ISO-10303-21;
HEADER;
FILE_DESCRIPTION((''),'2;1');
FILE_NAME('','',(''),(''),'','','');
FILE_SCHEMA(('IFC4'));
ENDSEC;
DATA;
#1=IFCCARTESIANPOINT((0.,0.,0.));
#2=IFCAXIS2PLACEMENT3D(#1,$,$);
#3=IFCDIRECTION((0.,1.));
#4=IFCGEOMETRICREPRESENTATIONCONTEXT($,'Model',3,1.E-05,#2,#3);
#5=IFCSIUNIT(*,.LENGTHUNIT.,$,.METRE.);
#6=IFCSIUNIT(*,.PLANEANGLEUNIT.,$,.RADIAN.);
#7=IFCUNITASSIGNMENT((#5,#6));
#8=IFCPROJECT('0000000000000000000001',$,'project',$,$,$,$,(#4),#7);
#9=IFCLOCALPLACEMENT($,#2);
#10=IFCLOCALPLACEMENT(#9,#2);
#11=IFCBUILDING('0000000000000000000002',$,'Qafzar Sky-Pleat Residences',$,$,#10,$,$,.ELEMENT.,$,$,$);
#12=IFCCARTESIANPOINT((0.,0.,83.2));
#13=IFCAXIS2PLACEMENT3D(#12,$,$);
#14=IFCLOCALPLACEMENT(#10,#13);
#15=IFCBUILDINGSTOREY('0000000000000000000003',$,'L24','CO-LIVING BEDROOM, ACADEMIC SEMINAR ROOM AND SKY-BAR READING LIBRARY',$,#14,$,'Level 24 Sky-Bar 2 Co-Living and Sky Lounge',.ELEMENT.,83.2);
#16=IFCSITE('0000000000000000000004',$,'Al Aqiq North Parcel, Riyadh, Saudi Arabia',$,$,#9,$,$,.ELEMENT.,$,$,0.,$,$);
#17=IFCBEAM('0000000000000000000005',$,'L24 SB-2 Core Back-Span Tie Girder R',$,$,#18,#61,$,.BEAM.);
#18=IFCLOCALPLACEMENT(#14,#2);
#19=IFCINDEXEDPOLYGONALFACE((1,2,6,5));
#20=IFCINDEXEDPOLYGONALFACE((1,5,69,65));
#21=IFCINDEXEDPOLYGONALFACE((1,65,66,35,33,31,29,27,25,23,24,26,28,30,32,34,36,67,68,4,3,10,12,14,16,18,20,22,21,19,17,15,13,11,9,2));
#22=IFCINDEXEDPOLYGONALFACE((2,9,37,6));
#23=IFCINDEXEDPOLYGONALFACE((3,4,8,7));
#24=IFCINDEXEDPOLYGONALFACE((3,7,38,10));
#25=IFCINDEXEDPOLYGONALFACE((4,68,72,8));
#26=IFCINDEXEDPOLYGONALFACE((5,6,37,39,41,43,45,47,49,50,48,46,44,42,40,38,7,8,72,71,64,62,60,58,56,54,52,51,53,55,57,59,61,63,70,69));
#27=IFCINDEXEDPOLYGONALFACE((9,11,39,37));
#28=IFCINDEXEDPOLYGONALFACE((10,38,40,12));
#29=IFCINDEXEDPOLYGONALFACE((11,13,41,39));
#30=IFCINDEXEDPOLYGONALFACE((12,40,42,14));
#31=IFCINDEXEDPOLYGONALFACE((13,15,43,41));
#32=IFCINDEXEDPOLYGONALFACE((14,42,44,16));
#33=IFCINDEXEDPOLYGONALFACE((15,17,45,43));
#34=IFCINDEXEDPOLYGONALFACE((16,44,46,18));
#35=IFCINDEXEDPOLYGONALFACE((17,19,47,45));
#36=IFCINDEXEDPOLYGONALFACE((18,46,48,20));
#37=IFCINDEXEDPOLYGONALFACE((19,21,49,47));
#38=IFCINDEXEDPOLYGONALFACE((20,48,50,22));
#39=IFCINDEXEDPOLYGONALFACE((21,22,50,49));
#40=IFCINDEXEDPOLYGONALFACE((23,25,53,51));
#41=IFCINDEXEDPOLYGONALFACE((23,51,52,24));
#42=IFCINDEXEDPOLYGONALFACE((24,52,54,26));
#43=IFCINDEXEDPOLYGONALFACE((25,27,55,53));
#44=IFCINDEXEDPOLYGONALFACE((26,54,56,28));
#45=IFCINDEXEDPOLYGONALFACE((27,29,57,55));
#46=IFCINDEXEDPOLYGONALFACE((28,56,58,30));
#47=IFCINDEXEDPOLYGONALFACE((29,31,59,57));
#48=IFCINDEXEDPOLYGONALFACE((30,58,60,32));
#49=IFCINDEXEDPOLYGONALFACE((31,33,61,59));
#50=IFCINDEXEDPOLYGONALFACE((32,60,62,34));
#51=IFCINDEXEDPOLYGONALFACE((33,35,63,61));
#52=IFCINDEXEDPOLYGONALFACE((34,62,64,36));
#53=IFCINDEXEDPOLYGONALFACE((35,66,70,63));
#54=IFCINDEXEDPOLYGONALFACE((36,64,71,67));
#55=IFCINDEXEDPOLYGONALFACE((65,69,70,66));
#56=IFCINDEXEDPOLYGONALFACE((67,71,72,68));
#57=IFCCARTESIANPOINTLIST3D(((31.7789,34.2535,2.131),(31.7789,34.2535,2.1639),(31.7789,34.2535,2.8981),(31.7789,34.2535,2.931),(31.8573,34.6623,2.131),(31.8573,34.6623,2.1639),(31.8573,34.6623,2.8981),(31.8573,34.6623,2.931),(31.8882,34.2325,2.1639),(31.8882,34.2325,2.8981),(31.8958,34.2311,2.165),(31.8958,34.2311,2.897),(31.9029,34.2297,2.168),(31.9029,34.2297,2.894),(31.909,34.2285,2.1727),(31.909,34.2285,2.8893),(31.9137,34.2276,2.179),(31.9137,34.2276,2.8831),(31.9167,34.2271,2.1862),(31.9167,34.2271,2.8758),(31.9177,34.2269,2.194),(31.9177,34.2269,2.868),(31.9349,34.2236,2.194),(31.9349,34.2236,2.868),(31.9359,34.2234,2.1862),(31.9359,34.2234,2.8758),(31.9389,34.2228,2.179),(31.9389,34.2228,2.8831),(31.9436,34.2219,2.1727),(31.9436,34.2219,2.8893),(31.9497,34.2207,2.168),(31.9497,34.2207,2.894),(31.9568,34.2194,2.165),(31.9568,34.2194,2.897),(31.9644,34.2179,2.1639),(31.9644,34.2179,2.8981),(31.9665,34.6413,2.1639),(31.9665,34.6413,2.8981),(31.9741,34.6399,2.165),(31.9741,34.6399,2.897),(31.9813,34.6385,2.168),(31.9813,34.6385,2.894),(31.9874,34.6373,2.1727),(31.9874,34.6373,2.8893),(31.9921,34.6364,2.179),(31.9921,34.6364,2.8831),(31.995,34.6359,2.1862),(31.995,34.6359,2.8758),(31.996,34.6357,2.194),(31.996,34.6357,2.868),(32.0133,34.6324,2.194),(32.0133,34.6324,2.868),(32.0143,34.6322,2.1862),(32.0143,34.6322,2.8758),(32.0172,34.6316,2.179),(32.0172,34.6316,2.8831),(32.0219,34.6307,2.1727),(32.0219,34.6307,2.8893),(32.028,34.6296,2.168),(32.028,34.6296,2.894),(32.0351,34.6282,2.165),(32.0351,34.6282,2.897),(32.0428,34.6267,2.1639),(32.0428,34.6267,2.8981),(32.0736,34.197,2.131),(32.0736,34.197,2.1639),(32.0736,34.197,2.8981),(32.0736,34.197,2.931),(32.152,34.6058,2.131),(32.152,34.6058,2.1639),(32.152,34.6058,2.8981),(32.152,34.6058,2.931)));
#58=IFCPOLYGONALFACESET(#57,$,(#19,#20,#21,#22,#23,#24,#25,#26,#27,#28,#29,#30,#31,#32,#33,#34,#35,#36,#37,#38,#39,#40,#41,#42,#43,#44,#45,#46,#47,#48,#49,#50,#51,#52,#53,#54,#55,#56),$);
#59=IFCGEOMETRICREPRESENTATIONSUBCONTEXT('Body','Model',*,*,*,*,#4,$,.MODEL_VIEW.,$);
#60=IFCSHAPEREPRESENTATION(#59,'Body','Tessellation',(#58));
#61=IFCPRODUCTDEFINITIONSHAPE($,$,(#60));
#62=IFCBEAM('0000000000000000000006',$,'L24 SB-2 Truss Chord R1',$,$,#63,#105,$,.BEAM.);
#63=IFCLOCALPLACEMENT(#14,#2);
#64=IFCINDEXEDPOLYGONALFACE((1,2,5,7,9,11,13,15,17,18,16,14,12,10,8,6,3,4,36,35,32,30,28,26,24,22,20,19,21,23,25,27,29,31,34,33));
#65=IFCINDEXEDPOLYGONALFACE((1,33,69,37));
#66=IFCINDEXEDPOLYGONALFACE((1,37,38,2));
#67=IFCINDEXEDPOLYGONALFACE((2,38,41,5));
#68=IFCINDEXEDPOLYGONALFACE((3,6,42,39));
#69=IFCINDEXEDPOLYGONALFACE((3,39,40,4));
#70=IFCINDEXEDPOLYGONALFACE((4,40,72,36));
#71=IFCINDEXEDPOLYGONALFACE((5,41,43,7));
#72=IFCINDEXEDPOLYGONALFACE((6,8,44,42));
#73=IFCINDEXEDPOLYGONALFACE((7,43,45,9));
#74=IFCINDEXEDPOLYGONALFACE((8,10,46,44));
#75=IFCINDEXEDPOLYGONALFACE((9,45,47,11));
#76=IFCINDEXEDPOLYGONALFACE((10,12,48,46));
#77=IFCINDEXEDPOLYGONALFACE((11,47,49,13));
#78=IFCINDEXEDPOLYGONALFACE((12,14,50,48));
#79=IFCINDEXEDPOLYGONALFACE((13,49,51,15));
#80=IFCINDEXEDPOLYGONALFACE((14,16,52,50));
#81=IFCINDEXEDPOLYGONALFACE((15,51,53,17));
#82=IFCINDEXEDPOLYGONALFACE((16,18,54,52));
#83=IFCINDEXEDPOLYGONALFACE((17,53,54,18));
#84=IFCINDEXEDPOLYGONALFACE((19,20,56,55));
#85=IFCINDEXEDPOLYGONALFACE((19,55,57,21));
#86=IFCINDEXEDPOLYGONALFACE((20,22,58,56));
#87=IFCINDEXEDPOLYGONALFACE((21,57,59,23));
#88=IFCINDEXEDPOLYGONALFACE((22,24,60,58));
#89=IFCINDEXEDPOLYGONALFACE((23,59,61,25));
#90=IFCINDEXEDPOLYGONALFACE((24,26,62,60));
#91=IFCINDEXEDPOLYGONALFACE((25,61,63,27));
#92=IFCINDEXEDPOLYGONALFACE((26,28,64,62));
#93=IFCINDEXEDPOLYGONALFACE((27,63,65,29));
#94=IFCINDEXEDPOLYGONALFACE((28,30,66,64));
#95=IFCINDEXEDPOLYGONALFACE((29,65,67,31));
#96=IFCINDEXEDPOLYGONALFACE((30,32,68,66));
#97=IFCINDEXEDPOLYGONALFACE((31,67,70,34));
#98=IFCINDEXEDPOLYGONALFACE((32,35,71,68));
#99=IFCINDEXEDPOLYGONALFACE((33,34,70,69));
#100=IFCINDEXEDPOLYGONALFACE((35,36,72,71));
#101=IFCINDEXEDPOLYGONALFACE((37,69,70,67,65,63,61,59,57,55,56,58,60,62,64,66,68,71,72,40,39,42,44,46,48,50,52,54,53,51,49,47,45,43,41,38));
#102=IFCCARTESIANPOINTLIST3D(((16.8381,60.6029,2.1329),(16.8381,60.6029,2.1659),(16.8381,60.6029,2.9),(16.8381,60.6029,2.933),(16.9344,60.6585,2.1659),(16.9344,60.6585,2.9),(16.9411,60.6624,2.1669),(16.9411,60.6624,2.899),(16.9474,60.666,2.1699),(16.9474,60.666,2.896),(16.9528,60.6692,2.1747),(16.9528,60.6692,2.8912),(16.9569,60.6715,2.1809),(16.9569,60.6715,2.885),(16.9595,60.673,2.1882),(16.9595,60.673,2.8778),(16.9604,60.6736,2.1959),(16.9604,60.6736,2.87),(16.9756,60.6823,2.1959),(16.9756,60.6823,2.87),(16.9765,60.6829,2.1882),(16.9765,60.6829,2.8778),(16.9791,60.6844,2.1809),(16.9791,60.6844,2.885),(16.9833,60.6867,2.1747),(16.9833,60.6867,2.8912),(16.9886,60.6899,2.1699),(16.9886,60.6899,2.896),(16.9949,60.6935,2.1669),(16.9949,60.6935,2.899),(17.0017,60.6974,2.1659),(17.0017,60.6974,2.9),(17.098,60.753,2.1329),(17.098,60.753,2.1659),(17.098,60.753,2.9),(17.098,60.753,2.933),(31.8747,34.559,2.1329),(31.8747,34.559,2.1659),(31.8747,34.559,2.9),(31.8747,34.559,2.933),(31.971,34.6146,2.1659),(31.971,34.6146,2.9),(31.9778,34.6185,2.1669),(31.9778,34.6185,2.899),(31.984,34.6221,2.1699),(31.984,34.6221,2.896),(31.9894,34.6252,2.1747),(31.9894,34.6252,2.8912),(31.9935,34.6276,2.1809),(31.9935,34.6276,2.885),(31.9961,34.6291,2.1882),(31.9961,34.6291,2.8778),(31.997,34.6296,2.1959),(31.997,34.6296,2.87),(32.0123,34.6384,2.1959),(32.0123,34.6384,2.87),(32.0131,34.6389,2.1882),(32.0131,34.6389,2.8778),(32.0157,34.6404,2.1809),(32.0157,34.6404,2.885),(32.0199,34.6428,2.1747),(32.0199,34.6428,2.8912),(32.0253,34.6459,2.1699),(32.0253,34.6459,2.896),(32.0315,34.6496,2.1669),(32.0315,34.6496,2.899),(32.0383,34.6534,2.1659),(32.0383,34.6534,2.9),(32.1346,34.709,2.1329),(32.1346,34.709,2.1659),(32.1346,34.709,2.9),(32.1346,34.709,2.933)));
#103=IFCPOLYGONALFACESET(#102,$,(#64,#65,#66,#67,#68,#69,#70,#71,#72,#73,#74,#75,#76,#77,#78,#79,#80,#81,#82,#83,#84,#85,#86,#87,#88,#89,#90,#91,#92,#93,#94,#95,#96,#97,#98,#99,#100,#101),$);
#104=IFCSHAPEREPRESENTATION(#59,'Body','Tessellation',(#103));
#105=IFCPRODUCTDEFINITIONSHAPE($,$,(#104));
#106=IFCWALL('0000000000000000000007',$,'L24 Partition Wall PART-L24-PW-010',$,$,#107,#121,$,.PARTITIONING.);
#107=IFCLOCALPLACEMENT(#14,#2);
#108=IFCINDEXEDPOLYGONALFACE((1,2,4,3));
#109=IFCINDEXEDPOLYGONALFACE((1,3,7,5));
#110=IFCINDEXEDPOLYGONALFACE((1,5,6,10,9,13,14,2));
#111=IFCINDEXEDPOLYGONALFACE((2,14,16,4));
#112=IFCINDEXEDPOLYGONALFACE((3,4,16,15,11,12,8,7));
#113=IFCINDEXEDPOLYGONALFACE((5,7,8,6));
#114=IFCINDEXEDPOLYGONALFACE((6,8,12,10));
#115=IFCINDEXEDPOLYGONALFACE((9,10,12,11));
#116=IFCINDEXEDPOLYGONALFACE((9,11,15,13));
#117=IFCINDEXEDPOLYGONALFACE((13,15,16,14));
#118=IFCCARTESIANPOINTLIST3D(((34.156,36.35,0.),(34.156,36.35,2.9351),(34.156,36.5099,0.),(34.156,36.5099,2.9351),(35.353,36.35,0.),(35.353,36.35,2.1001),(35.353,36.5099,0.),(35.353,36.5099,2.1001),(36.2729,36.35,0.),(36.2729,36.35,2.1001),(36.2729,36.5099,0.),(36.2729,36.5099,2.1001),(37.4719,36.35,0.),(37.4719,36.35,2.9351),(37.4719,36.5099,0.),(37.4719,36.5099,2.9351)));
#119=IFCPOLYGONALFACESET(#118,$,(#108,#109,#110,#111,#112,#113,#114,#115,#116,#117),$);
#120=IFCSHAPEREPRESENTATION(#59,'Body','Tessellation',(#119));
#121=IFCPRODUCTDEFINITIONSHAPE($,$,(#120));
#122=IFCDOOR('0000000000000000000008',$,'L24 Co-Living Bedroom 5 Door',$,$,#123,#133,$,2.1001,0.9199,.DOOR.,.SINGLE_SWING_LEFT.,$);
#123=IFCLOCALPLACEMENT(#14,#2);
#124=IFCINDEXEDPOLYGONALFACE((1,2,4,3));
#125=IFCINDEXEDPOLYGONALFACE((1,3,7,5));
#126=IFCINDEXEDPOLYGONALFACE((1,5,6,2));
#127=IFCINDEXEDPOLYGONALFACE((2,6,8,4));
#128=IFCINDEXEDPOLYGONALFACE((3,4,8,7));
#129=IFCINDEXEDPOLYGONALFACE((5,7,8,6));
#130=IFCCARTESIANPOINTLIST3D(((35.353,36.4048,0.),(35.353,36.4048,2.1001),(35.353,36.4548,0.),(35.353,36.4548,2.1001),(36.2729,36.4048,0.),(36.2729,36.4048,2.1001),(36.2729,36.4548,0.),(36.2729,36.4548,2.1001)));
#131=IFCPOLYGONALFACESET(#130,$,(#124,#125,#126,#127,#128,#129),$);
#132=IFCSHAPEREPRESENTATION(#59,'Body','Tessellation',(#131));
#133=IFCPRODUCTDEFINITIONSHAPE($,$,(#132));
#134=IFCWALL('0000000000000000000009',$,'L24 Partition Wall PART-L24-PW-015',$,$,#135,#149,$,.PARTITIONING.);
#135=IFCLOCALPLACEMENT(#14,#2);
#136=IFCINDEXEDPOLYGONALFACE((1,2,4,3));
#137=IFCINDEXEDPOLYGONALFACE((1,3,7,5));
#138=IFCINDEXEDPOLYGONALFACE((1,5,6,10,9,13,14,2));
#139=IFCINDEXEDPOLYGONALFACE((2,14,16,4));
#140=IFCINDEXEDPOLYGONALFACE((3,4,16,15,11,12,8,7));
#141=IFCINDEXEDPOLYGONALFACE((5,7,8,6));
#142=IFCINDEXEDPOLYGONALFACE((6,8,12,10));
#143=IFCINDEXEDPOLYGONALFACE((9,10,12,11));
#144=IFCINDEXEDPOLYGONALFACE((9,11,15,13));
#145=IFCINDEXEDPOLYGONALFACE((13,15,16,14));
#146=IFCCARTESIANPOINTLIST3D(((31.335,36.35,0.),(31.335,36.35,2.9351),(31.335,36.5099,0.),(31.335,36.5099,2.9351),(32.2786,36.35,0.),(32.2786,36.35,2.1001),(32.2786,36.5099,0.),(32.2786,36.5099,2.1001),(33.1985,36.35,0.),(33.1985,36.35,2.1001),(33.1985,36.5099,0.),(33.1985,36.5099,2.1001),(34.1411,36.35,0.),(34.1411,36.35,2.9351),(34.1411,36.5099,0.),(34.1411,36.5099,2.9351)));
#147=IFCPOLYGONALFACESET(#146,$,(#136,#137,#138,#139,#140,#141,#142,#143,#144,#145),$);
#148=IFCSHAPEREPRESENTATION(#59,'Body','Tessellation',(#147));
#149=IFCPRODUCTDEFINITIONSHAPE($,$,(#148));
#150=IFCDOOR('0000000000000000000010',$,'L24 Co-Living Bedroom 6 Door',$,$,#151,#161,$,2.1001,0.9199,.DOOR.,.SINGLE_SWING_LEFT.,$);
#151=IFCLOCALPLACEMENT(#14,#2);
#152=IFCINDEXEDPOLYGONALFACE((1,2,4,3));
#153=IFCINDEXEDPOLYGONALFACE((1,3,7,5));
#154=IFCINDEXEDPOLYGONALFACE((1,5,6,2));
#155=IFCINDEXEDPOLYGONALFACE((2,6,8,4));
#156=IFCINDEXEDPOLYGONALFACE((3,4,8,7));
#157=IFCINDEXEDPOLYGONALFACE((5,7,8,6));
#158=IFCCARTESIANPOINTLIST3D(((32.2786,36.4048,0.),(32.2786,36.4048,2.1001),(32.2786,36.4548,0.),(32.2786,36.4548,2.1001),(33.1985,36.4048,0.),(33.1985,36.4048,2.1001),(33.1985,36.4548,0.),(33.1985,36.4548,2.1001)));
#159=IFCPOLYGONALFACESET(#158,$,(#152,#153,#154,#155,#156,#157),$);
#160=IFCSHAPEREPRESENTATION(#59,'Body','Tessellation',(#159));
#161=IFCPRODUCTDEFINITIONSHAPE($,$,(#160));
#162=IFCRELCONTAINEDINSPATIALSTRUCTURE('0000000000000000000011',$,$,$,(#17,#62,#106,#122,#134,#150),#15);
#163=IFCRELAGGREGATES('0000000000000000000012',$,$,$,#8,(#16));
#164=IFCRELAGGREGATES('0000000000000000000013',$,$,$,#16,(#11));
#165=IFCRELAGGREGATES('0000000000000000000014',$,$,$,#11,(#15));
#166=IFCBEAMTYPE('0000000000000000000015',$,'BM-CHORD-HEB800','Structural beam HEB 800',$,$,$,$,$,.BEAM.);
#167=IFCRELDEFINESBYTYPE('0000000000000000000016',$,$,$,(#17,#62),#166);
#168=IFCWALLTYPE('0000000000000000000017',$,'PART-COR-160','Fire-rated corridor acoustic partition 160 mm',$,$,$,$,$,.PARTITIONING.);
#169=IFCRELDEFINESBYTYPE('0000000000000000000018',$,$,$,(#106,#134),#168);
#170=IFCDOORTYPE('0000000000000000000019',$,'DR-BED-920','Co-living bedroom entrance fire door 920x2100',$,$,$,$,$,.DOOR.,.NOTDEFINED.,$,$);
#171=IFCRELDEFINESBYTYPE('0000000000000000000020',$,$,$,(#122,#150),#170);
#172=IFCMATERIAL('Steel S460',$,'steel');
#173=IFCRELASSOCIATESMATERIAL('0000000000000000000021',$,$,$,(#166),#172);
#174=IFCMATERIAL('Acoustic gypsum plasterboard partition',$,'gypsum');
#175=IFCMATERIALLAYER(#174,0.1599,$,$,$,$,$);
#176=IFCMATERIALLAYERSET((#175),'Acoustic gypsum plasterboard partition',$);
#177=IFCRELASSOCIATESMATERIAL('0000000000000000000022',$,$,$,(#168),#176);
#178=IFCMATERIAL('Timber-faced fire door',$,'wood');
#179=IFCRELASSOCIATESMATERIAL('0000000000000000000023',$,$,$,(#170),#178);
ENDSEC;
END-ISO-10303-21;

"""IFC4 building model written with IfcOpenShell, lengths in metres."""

from ifc_helpers import new_model, si_unit, direction, frame, frame_2d, origin, origin_2d, place, context, subcontext, project, spatial, rectangle, i_section, extrude, source, transform, mapped, material, layer, layer_set, material_profile, profile_set, type_object, element, fill, save


model = new_model("IFC4")

# Units and contexts
model_context = context("Model", 3, precision=1e-05, world=origin(), true_north=direction((0.0, 1.0)))
body_context = subcontext(model_context, "Body", "Model", "MODEL_VIEW")
ifc_project = project(units=[si_unit("LENGTHUNIT", "METRE"), si_unit("PLANEANGLEUNIT", "RADIAN")], contexts=[model_context])

# Site, building, storey
site_placement = place(None, origin())
site = spatial("IfcSite", under=ifc_project, at=site_placement, Name="Al Aqiq North Parcel, Riyadh, Saudi Arabia", CompositionType="ELEMENT", RefElevation=0.0)
building_placement = place(site_placement, origin())
building = spatial("IfcBuilding", under=site, at=building_placement, Name="Qafzar Sky-Pleat Residences", CompositionType="ELEMENT")
storey_placement = place(building_placement, frame((0.0, 0.0, 83.2)))
storey = spatial("IfcBuildingStorey", under=building, at=storey_placement, Name="L24", Description="CO-LIVING BEDROOM, ACADEMIC SEMINAR ROOM AND SKY-BAR READING LIBRARY", LongName="Level 24 Sky-Bar 2 Co-Living and Sky Lounge", CompositionType="ELEMENT", Elevation=83.2)

# Beams
ifc_material_1 = material(Name="Steel S460", Category="steel")
ifc_material_profile = material_profile(ifc_material_1, i_section(OverallWidth=0.3, OverallDepth=0.8, WebThickness=0.0176, FlangeThickness=0.033, FilletRadius=0.03, at=origin_2d()), Name="HEB 800")
ifc_profile_set = profile_set([ifc_material_profile], Name="Steel S460")
beam_type = type_object("IfcBeamType", Name="BM-CHORD-HEB800", Description="Structural beam HEB 800", PredefinedType="BEAM", material=ifc_profile_set)
shared_shape_1 = source(origin(), body_context, "Body", "SweptSolid", [
    extrude(i_section(OverallWidth=0.3, OverallDepth=0.8, WebThickness=0.0176, FlangeThickness=0.033, FilletRadius=0.03, at=origin_2d()), origin(), (0.0, 0.0, 1.0), 0.4163),
])
beam_1_placement = place(storey_placement, frame((32.0046, 34.634, 2.531), z_axis=(-0.188217, -0.982128, 0.0), x_axis=(0.982128, -0.188217, 0.0)))
element("IfcBeam", 1, at=beam_1_placement, inside=storey, type_object=beam_type, Name="L24 SB-2 Core Back-Span Tie Girder R", PredefinedType="BEAM", context=body_context, shape_type="MappedRepresentation", body=[
    mapped(shared_shape_1, transform((0.0, 0.0, 0.0), x_axis=(1.0, 0.0, 0.0), y_axis=(0.0, 1.0, 0.0), z_axis=(0.0, 0.0, 1.0), scale=1.0)),
])
shared_shape_2 = source(origin(), body_context, "Body", "SweptSolid", [
    extrude(i_section(OverallWidth=0.3, OverallDepth=0.8, WebThickness=0.0176, FlangeThickness=0.033, FilletRadius=0.03, at=origin_2d()), origin(), (0.0, 0.0, 1.0), 30.073),
])
beam_2_placement = place(storey_placement, frame((32.0046, 34.634, 2.533), z_axis=(-0.500004, 0.866023, 0.0), x_axis=(-0.866023, -0.500004, 0.0)))
element("IfcBeam", 2, at=beam_2_placement, inside=storey, type_object=beam_type, Name="L24 SB-2 Truss Chord R1", PredefinedType="BEAM", context=body_context, shape_type="MappedRepresentation", body=[
    mapped(shared_shape_2, transform((0.0, 0.0, 0.0), x_axis=(1.0, 0.0, 0.0), y_axis=(0.0, 1.0, 0.0), z_axis=(0.0, 0.0, 1.0), scale=1.0)),
])

# Walls, openings, doors
ifc_material_2 = material(Name="Acoustic gypsum plasterboard partition", Category="gypsum")
ifc_layer_1 = layer(ifc_material_2, 0.1599)
ifc_layer_set_1 = layer_set([ifc_layer_1], Name="Acoustic gypsum plasterboard partition")
wall_type_1 = type_object("IfcWallType", Name="PART-COR-160", Description="Fire-rated corridor acoustic partition 160 mm", PredefinedType="PARTITIONING", material=ifc_layer_set_1)
wall_1_placement = place(storey_placement, frame((34.156, 36.4299, 0.0), z_axis=(0.0, 0.0, 1.0), x_axis=(1.0, 0.0, 0.0)))
wall_1 = element("IfcWall", 3, at=wall_1_placement, inside=storey, type_object=wall_type_1, Name="L24 Partition Wall PART-L24-PW-010", PredefinedType="PARTITIONING", context=body_context, shape_type="SweptSolid", body=[
    extrude(rectangle(XDim=3.3159, YDim=0.1599, at=frame_2d((1.658, 0.0))), origin(), (0.0, 0.0, 1.0), 2.9351),
])
opening_1_placement = place(wall_1_placement, frame((1.197, 0.0, 0.0)))
opening_1 = element("IfcOpeningElement", 4, at=opening_1_placement, cuts=wall_1, PredefinedType="OPENING", context=body_context, shape_type="SweptSolid", body=[
    extrude(rectangle(XDim=0.9199, YDim=2.1001, at=frame_2d((0.46, 1.05))), frame((0.0, 0.0898, 0.0), z_axis=(0.0, -1.0, 0.0), x_axis=(1.0, 0.0, 0.0)), (0.0, 0.0, 1.0), 0.1799),
])
ifc_material_3 = material(Name="Timber-faced fire door", Category="wood")
door_type_1 = type_object("IfcDoorType", Name="DR-BED-920", Description="Co-living bedroom entrance fire door 920x2100", OperationType="NOTDEFINED", PredefinedType="DOOR", material=ifc_material_3)
shared_shape_3 = source(origin(), body_context, "Body", "SweptSolid", [
    extrude(rectangle(XDim=0.9199, YDim=2.1001, at=frame_2d((0.46, 1.05))), frame((0.0, 0.0249, 0.0), z_axis=(0.0, -1.0, 0.0), x_axis=(1.0, 0.0, 0.0)), (0.0, 0.0, 1.0), 0.05),
])
door_1_placement = place(opening_1_placement, origin())
door_1 = element("IfcDoor", 5, at=door_1_placement, inside=storey, type_object=door_type_1, Name="L24 Co-Living Bedroom 5 Door", OperationType="SINGLE_SWING_LEFT", OverallHeight=2.1001, OverallWidth=0.9199, PredefinedType="DOOR", context=body_context, shape_type="MappedRepresentation", body=[
    mapped(shared_shape_3, transform((0.0, 0.0, 0.0), x_axis=(1.0, 0.0, 0.0), y_axis=(0.0, 1.0, 0.0), z_axis=(0.0, 0.0, 1.0), scale=1.0)),
])
fill(opening_1, door_1)
wall_2_placement = place(storey_placement, frame((31.335, 36.4299, 0.0), z_axis=(0.0, 0.0, 1.0), x_axis=(1.0, 0.0, 0.0)))
wall_2 = element("IfcWall", 6, at=wall_2_placement, inside=storey, type_object=wall_type_1, Name="L24 Partition Wall PART-L24-PW-015", PredefinedType="PARTITIONING", context=body_context, shape_type="SweptSolid", body=[
    extrude(rectangle(XDim=2.8062, YDim=0.1599, at=frame_2d((1.4031, 0.0))), origin(), (0.0, 0.0, 1.0), 2.9351),
])
opening_2_placement = place(wall_2_placement, frame((0.9436, 0.0, 0.0)))
opening_2 = element("IfcOpeningElement", 7, at=opening_2_placement, cuts=wall_2, PredefinedType="OPENING", context=body_context, shape_type="SweptSolid", body=[
    extrude(rectangle(XDim=0.9199, YDim=2.1001, at=frame_2d((0.46, 1.05))), frame((0.0, 0.0898, 0.0), z_axis=(0.0, -1.0, 0.0), x_axis=(1.0, 0.0, 0.0)), (0.0, 0.0, 1.0), 0.1799),
])
door_2_placement = place(opening_2_placement, origin())
door_2 = element("IfcDoor", 8, at=door_2_placement, inside=storey, type_object=door_type_1, Name="L24 Co-Living Bedroom 6 Door", OperationType="SINGLE_SWING_LEFT", OverallHeight=2.1001, OverallWidth=0.9199, PredefinedType="DOOR", context=body_context, shape_type="MappedRepresentation", body=[
    mapped(shared_shape_3, transform((0.0, 0.0, 0.0), x_axis=(1.0, 0.0, 0.0), y_axis=(0.0, 1.0, 0.0), z_axis=(0.0, 0.0, 1.0), scale=1.0)),
])
fill(opening_2, door_2)

save(model, "model.ifc")
